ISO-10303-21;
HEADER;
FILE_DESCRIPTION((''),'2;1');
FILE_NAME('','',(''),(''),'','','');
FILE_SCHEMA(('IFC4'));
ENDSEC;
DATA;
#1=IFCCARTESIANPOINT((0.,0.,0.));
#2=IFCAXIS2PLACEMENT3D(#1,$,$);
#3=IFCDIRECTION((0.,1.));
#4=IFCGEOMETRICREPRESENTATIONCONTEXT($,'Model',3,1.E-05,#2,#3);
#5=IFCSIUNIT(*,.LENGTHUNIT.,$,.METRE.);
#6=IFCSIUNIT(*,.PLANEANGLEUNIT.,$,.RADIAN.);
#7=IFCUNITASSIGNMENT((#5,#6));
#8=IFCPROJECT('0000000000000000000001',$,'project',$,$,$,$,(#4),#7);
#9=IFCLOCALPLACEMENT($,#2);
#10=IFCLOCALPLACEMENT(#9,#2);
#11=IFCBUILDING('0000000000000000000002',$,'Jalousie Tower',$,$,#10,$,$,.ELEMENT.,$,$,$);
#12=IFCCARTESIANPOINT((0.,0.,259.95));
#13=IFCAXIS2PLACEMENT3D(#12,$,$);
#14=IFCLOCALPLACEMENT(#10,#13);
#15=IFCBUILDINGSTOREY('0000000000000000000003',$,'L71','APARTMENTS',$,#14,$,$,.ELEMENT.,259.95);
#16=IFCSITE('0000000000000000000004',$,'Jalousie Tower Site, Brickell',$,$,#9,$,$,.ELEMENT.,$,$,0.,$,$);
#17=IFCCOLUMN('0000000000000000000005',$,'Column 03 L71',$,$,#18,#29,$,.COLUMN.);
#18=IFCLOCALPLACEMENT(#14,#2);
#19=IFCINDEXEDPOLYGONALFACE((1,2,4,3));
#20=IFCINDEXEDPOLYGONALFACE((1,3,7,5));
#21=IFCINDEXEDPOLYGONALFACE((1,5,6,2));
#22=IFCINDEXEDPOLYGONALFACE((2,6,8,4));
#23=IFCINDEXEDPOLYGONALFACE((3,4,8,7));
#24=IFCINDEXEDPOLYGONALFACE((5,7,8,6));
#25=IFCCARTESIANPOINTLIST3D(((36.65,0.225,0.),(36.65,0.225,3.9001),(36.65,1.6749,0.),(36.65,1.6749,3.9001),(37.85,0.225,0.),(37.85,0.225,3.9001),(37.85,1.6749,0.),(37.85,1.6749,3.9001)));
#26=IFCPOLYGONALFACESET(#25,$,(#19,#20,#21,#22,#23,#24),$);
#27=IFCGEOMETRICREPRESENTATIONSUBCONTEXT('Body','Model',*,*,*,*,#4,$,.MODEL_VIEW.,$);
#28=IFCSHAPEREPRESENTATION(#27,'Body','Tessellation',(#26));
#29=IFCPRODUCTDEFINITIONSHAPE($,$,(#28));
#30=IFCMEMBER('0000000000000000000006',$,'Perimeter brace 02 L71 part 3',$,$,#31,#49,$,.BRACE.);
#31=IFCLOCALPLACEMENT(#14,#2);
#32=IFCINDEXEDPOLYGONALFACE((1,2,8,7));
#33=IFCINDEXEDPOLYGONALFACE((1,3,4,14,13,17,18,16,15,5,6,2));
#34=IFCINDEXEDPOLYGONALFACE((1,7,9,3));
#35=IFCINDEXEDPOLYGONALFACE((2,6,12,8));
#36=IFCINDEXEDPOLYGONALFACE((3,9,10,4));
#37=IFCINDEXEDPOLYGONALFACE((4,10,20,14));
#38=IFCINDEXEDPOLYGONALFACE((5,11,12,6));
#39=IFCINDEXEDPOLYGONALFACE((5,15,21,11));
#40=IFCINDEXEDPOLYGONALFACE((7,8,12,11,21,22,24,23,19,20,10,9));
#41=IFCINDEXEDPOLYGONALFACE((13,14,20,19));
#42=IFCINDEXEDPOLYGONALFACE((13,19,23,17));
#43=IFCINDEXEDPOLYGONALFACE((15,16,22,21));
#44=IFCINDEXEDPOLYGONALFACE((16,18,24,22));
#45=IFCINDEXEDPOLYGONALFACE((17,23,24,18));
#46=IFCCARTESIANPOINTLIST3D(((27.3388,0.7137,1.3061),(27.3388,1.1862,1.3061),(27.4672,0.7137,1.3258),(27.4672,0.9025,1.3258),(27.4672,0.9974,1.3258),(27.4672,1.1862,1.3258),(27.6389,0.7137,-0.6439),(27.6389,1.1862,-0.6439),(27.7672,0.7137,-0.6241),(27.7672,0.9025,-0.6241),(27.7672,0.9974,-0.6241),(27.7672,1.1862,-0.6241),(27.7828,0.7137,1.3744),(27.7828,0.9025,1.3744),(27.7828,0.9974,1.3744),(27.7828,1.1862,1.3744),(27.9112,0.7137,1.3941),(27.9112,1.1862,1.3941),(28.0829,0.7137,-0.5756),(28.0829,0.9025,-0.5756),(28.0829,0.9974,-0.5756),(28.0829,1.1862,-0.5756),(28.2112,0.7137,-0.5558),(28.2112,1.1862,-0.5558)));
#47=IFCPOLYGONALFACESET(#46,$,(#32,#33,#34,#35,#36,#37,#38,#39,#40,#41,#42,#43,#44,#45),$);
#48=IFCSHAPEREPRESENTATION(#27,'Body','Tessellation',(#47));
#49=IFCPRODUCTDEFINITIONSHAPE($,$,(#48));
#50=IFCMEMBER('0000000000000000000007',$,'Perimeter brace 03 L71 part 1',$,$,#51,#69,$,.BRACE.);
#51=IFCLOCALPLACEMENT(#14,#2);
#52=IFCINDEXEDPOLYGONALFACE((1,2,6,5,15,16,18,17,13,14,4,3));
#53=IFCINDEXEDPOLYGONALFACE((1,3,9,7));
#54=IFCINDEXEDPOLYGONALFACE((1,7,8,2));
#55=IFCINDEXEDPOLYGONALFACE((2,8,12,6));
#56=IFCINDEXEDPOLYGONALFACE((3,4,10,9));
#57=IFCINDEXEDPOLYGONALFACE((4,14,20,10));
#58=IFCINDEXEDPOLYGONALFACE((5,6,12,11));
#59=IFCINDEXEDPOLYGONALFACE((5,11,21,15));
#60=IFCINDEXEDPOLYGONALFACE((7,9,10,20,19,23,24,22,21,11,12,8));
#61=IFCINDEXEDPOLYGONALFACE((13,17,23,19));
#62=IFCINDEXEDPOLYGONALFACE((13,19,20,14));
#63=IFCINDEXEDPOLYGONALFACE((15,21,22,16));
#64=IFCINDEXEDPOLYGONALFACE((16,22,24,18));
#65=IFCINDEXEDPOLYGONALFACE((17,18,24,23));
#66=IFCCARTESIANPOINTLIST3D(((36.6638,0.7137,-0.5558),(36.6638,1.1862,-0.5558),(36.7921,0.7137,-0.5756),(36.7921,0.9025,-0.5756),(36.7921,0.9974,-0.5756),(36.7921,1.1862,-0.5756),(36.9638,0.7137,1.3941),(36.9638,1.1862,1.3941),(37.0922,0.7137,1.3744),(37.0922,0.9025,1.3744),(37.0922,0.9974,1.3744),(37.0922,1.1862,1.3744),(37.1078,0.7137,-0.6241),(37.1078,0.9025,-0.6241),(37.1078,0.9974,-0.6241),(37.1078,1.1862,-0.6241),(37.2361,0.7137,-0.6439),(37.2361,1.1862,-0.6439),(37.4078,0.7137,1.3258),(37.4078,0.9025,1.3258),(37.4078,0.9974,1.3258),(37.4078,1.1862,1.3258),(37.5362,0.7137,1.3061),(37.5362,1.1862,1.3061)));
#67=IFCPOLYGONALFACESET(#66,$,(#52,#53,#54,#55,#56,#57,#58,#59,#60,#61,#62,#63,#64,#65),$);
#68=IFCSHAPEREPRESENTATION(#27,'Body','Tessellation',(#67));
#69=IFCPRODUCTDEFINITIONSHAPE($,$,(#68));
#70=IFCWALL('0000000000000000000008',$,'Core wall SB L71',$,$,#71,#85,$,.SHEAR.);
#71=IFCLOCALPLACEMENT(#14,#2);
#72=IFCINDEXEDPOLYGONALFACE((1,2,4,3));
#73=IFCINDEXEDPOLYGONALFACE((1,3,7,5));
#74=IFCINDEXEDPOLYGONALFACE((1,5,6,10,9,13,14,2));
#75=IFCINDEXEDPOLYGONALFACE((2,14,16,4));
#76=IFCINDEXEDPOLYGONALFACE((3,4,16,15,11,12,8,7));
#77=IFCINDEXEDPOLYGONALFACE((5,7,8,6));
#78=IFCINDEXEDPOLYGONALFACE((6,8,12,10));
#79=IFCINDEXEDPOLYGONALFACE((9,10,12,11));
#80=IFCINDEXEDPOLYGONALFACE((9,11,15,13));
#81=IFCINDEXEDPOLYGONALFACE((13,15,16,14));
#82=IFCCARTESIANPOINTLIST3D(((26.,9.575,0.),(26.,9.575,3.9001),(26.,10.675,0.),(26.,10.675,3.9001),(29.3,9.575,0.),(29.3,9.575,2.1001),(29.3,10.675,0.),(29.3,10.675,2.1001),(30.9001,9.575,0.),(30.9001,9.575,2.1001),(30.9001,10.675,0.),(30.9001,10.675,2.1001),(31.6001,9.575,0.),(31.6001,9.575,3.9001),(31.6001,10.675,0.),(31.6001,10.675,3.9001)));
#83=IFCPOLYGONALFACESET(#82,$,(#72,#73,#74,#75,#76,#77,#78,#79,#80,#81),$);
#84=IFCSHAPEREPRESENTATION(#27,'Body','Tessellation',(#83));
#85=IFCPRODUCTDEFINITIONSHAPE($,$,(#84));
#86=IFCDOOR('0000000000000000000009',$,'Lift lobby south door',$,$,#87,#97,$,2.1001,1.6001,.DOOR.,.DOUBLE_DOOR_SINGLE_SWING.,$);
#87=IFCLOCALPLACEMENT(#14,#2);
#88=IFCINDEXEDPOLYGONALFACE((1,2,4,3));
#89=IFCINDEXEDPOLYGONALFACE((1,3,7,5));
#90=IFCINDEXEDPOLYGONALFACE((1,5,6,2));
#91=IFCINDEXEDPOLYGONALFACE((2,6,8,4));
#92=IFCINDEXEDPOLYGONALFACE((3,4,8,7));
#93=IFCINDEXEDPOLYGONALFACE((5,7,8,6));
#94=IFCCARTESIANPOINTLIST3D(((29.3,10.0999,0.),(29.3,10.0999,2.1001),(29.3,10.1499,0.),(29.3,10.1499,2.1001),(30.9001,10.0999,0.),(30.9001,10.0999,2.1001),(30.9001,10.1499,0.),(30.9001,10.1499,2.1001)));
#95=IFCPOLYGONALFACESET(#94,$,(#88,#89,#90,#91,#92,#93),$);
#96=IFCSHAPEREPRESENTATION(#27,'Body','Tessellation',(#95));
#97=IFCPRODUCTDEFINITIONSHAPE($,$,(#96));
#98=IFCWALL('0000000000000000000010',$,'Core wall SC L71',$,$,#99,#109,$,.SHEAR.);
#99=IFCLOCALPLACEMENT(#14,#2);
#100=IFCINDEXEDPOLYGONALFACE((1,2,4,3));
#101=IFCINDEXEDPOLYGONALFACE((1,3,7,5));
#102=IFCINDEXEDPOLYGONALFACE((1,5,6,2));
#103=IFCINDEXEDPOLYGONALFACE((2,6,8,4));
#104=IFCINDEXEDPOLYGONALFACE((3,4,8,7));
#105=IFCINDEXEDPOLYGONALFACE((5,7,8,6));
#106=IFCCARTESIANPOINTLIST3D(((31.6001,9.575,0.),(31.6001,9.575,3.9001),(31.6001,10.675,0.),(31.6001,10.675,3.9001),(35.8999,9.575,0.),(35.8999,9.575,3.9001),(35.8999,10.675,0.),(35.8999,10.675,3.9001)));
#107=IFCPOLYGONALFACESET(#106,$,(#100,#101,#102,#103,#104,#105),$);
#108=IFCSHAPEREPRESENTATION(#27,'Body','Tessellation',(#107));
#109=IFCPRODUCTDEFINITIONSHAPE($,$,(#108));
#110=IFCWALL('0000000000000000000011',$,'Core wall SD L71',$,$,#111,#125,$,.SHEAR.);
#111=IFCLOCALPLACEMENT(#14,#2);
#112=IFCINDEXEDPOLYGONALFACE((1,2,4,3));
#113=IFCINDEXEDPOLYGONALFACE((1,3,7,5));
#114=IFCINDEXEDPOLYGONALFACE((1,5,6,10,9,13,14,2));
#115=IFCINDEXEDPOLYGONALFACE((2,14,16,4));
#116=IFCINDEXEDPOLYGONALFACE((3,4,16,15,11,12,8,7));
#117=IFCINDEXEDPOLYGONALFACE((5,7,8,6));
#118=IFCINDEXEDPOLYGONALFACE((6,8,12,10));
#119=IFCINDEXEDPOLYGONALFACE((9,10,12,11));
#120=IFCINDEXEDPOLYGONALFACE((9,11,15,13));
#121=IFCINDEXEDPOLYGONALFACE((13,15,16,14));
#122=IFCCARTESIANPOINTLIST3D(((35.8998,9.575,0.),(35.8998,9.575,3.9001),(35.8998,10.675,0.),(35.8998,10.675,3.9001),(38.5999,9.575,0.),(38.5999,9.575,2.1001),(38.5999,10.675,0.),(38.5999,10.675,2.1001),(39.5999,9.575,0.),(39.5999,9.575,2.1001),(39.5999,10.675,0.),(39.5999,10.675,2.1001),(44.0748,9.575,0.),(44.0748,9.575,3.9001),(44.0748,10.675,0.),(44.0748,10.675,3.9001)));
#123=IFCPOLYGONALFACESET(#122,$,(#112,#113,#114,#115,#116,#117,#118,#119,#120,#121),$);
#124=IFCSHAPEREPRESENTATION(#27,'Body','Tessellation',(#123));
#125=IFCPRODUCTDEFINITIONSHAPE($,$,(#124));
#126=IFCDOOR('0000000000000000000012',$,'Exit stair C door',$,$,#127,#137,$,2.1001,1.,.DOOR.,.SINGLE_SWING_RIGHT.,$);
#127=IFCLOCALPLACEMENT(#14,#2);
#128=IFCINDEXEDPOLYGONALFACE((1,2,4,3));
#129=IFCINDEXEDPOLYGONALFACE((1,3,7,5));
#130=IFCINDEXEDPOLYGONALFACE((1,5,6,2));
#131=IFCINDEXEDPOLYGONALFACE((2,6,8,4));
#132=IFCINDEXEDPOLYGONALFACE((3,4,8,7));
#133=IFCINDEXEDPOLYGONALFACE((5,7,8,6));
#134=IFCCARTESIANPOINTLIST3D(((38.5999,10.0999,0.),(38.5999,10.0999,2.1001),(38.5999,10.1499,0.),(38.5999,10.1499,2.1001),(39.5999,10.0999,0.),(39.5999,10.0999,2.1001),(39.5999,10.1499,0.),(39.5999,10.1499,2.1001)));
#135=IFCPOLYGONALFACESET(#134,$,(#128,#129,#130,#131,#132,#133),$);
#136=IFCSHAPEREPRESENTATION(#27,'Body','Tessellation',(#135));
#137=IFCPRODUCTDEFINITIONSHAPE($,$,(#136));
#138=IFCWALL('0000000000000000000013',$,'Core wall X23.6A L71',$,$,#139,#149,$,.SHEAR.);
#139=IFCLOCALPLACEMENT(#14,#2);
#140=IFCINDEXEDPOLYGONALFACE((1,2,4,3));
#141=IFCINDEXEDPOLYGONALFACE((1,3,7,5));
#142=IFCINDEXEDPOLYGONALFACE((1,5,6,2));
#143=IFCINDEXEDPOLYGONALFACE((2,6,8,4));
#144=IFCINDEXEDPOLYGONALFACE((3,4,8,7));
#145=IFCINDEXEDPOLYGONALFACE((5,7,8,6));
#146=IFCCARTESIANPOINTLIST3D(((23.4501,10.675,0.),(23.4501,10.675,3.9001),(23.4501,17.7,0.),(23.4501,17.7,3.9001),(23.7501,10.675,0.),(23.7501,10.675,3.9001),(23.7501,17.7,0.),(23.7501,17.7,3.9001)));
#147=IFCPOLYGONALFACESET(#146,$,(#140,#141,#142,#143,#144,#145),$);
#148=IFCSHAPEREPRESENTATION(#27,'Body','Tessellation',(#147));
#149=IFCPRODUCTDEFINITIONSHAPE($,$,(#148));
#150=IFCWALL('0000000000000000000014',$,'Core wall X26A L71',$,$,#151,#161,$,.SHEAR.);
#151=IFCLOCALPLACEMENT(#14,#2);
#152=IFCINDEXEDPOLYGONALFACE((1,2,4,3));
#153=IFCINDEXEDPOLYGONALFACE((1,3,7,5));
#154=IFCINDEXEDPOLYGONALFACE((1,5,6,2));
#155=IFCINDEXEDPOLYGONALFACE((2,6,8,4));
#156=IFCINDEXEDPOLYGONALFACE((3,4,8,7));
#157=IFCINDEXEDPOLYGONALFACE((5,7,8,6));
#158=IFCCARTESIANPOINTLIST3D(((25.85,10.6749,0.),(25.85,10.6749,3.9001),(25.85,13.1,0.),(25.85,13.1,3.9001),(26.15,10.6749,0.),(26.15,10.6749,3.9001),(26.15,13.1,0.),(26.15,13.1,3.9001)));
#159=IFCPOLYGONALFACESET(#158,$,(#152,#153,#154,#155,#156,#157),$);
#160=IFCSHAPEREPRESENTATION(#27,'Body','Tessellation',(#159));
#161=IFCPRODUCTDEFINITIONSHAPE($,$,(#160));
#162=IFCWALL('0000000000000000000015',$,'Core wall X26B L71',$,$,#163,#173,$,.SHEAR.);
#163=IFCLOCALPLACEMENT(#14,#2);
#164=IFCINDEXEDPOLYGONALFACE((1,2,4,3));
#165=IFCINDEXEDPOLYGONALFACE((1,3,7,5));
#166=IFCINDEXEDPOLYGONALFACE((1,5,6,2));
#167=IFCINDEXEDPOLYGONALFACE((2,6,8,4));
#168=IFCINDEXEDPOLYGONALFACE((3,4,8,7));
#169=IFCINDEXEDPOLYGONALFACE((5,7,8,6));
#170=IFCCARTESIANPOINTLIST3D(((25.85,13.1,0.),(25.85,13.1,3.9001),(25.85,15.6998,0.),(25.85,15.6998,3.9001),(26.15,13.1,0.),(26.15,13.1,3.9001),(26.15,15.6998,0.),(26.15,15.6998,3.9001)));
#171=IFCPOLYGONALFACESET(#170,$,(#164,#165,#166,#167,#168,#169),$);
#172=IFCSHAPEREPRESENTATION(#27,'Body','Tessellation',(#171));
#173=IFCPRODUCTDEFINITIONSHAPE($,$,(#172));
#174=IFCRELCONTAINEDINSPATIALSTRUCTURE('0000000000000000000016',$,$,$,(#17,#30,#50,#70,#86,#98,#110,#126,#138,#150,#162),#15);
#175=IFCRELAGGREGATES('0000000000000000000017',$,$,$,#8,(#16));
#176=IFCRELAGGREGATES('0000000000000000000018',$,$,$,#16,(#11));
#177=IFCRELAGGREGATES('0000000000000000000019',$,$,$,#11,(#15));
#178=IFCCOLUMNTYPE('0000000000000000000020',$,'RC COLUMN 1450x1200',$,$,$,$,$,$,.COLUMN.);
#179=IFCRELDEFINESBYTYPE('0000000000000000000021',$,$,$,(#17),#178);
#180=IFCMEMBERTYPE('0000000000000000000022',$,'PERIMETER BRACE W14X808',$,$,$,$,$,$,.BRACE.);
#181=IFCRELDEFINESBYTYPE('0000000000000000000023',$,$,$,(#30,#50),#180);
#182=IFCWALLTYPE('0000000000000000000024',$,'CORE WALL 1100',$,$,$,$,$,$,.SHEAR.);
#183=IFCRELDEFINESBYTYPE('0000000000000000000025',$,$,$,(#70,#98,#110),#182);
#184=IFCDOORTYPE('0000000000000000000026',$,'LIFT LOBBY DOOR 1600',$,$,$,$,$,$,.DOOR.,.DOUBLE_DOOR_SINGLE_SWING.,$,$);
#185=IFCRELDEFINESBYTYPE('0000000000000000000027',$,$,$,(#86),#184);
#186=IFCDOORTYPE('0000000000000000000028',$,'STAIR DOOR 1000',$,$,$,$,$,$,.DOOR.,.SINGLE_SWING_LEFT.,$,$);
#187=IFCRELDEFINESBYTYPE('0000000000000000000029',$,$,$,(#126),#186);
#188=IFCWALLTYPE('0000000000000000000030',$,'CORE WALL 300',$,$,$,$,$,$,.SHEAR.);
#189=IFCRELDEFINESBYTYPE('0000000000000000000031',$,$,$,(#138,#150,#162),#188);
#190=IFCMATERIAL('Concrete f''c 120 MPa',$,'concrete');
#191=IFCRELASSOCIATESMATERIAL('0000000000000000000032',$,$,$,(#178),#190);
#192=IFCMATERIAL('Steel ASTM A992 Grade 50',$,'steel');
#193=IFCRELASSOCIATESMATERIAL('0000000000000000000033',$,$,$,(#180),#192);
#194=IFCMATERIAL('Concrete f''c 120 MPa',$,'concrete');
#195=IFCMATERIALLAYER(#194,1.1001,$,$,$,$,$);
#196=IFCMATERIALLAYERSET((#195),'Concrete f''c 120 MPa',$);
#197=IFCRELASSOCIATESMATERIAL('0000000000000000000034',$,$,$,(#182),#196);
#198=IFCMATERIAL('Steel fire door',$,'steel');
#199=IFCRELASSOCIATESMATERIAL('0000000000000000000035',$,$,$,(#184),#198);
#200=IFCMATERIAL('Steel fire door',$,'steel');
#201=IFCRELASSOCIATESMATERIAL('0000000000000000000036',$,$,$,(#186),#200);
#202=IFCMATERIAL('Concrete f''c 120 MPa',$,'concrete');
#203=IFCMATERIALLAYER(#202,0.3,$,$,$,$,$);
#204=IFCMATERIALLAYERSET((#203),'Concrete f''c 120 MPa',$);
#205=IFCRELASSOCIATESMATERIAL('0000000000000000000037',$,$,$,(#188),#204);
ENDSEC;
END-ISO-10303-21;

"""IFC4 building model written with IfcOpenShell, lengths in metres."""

from ifc_helpers import new_model, si_unit, direction, frame, frame_2d, origin, origin_2d, place, context, subcontext, project, spatial, rectangle, i_section, extrude, material, layer, layer_set, material_profile, profile_set, type_object, element, fill, save


model = new_model("IFC4")

# Units and contexts
model_context = context("Model", 3, precision=1e-05, world=origin(), true_north=direction((0.0, 1.0)))
body_context = subcontext(model_context, "Body", "Model", "MODEL_VIEW")
ifc_project = project(units=[si_unit("LENGTHUNIT", "METRE"), si_unit("PLANEANGLEUNIT", "RADIAN")], contexts=[model_context])

# Site, building, storey
site_placement = place(None, origin())
site = spatial("IfcSite", under=ifc_project, at=site_placement, Name="Jalousie Tower Site, Brickell", CompositionType="ELEMENT", RefElevation=0.0)
building_placement = place(site_placement, origin())
building = spatial("IfcBuilding", under=site, at=building_placement, Name="Jalousie Tower", CompositionType="ELEMENT")
storey_placement = place(building_placement, frame((0.0, 0.0, 259.95)))
storey = spatial("IfcBuildingStorey", under=building, at=storey_placement, Name="L71", Description="APARTMENTS", CompositionType="ELEMENT", Elevation=259.95)

# Column
ifc_material_1 = material(Name="Concrete f'c 120 MPa", Category="concrete")
ifc_material_profile_1 = material_profile(ifc_material_1, rectangle(XDim=1.45, YDim=1.2, at=origin_2d()), Name="RC 1450x1200")
ifc_profile_set_1 = profile_set([ifc_material_profile_1], Name="Concrete f'c 120 MPa")
column_type = type_object("IfcColumnType", Name="RC COLUMN 1450x1200", PredefinedType="COLUMN", material=ifc_profile_set_1)
column_placement = place(storey_placement, frame((37.25, 0.95, 0.0), z_axis=(0.0, 0.0, 1.0), x_axis=(0.0, 1.0, 0.0)))
element("IfcColumn", 1, at=column_placement, inside=storey, type_object=column_type, Name="Column 03 L71", PredefinedType="COLUMN", context=body_context, shape_type="SweptSolid", body=[
    extrude(rectangle(XDim=1.45, YDim=1.2, at=origin_2d()), origin(), (0.0, 0.0, 1.0), 3.9001),
])

# Members
ifc_material_2 = material(Name="Steel ASTM A992 Grade 50", Category="steel")
ifc_material_profile_2 = material_profile(ifc_material_2, i_section(OverallWidth=0.4724, OverallDepth=0.5791, WebThickness=0.095, FlangeThickness=0.1299, at=origin_2d()), Name="W14X808")
ifc_profile_set_2 = profile_set([ifc_material_profile_2], Name="Steel ASTM A992 Grade 50")
member_type = type_object("IfcMemberType", Name="PERIMETER BRACE W14X808", PredefinedType="BRACE", material=ifc_profile_set_2)
for number, where, z_axis, x_axis, name in (
    (2, (27.925, 0.95, -0.5999), (-0.152085, 0.0, 0.988367), (0.0, -1.0, 0.0), "Perimeter brace 02 L71 part 3"),
    (3, (36.95, 0.95, -0.5999), (0.152085, 0.0, 0.988367), (0.0, 1.0, 0.0), "Perimeter brace 03 L71 part 1"),
):
    element("IfcMember", number, at=place(storey_placement, frame(where, z_axis=z_axis, x_axis=x_axis)), inside=storey, type_object=member_type, Name=name, PredefinedType="BRACE", context=body_context, shape_type="SweptSolid", body=[
        extrude(i_section(OverallWidth=0.4724, OverallDepth=0.5791, WebThickness=0.095, FlangeThickness=0.1299, at=origin_2d()), origin(), (0.0, 0.0, 1.0), 1.9729),
    ])

# Wall, opening, door
ifc_material_3 = material(Name="Concrete f'c 120 MPa", Category="concrete")
ifc_layer_1 = layer(ifc_material_3, 1.1001)
ifc_layer_set_1 = layer_set([ifc_layer_1], Name="Concrete f'c 120 MPa")
wall_type_1 = type_object("IfcWallType", Name="CORE WALL 1100", PredefinedType="SHEAR", material=ifc_layer_set_1)
wall_1_placement = place(storey_placement, frame((26.0, 10.125, 0.0), z_axis=(0.0, 0.0, 1.0), x_axis=(1.0, 0.0, 0.0)))
wall_1 = element("IfcWall", 4, at=wall_1_placement, inside=storey, type_object=wall_type_1, Name="Core wall SB L71", PredefinedType="SHEAR", context=body_context, shape_type="SweptSolid", body=[
    extrude(rectangle(XDim=5.6001, YDim=1.1001, at=frame_2d((2.8, 0.0))), origin(), (0.0, 0.0, 1.0), 3.9001),
])
opening_1_placement = place(wall_1_placement, frame((3.3, 0.0, 0.0)))
opening_1 = element("IfcOpeningElement", 5, at=opening_1_placement, cuts=wall_1, PredefinedType="OPENING", context=body_context, shape_type="SweptSolid", body=[
    extrude(rectangle(XDim=1.6001, YDim=2.1001, at=frame_2d((0.8, 1.05))), frame((0.0, 0.5601, 0.0), z_axis=(0.0, -1.0, 0.0), x_axis=(1.0, 0.0, 0.0)), (0.0, 0.0, 1.0), 1.1201),
])
ifc_material_4 = material(Name="Steel fire door", Category="steel")
door_type_1 = type_object("IfcDoorType", Name="LIFT LOBBY DOOR 1600", OperationType="DOUBLE_DOOR_SINGLE_SWING", PredefinedType="DOOR", material=ifc_material_4)
door_1_placement = place(opening_1_placement, origin())
door_1 = element("IfcDoor", 6, at=door_1_placement, inside=storey, type_object=door_type_1, Name="Lift lobby south door", OperationType="DOUBLE_DOOR_SINGLE_SWING", OverallHeight=2.1001, OverallWidth=1.6001, PredefinedType="DOOR", context=body_context, shape_type="SweptSolid", body=[
    extrude(rectangle(XDim=1.6001, YDim=2.1001, at=frame_2d((0.8, 1.05))), frame((0.0, 0.0249, 0.0), z_axis=(0.0, -1.0, 0.0), x_axis=(1.0, 0.0, 0.0)), (0.0, 0.0, 1.0), 0.05),
])
fill(opening_1, door_1)

# Wall
wall_2_placement = place(storey_placement, frame((31.6001, 10.125, 0.0), z_axis=(0.0, 0.0, 1.0), x_axis=(1.0, 0.0, 0.0)))
element("IfcWall", 7, at=wall_2_placement, inside=storey, type_object=wall_type_1, Name="Core wall SC L71", PredefinedType="SHEAR", context=body_context, shape_type="SweptSolid", body=[
    extrude(rectangle(XDim=4.2998, YDim=1.1001, at=frame_2d((2.1499, 0.0))), origin(), (0.0, 0.0, 1.0), 3.9001),
])

# Wall, opening, door
wall_3_placement = place(storey_placement, frame((35.8999, 10.125, 0.0), z_axis=(0.0, 0.0, 1.0), x_axis=(1.0, 0.0, 0.0)))
wall_3 = element("IfcWall", 8, at=wall_3_placement, inside=storey, type_object=wall_type_1, Name="Core wall SD L71", PredefinedType="SHEAR", context=body_context, shape_type="SweptSolid", body=[
    extrude(rectangle(XDim=8.175, YDim=1.1001, at=frame_2d((4.0874, 0.0))), origin(), (0.0, 0.0, 1.0), 3.9001),
])
opening_2_placement = place(wall_3_placement, frame((2.7, 0.0, 0.0)))
opening_2 = element("IfcOpeningElement", 9, at=opening_2_placement, cuts=wall_3, PredefinedType="OPENING", context=body_context, shape_type="SweptSolid", body=[
    extrude(rectangle(XDim=1.0, YDim=2.1001, at=frame_2d((0.5, 1.05))), frame((0.0, 0.5601, 0.0), z_axis=(0.0, -1.0, 0.0), x_axis=(1.0, 0.0, 0.0)), (0.0, 0.0, 1.0), 1.1201),
])
ifc_material_5 = material(Name="Steel fire door", Category="steel")
door_type_2 = type_object("IfcDoorType", Name="STAIR DOOR 1000", OperationType="SINGLE_SWING_LEFT", PredefinedType="DOOR", material=ifc_material_5)
door_2_placement = place(opening_2_placement, origin())
door_2 = element("IfcDoor", 10, at=door_2_placement, inside=storey, type_object=door_type_2, Name="Exit stair C door", OperationType="SINGLE_SWING_RIGHT", OverallHeight=2.1001, OverallWidth=1.0, PredefinedType="DOOR", context=body_context, shape_type="SweptSolid", body=[
    extrude(rectangle(XDim=1.0, YDim=2.1001, at=frame_2d((0.5, 1.05))), frame((0.0, 0.0249, 0.0), z_axis=(0.0, -1.0, 0.0), x_axis=(1.0, 0.0, 0.0)), (0.0, 0.0, 1.0), 0.05),
])
fill(opening_2, door_2)

# Walls
ifc_material_6 = material(Name="Concrete f'c 120 MPa", Category="concrete")
ifc_layer_2 = layer(ifc_material_6, 0.3)
ifc_layer_set_2 = layer_set([ifc_layer_2], Name="Concrete f'c 120 MPa")
wall_type_2 = type_object("IfcWallType", Name="CORE WALL 300", PredefinedType="SHEAR", material=ifc_layer_set_2)
wall_4_placement = place(storey_placement, frame((23.6001, 10.675, 0.0), z_axis=(0.0, 0.0, 1.0), x_axis=(0.0, 1.0, 0.0)))
element("IfcWall", 11, at=wall_4_placement, inside=storey, type_object=wall_type_2, Name="Core wall X23.6A L71", PredefinedType="SHEAR", context=body_context, shape_type="SweptSolid", body=[
    extrude(rectangle(XDim=7.0249, YDim=0.3, at=frame_2d((3.5125, 0.0))), origin(), (0.0, 0.0, 1.0), 3.9001),
])
wall_5_placement = place(storey_placement, frame((26.0, 10.675, 0.0), z_axis=(0.0, 0.0, 1.0), x_axis=(0.0, 1.0, 0.0)))
element("IfcWall", 12, at=wall_5_placement, inside=storey, type_object=wall_type_2, Name="Core wall X26A L71", PredefinedType="SHEAR", context=body_context, shape_type="SweptSolid", body=[
    extrude(rectangle(XDim=2.425, YDim=0.3, at=frame_2d((1.2124, 0.0))), origin(), (0.0, 0.0, 1.0), 3.9001),
])
wall_6_placement = place(storey_placement, frame((26.0, 13.1001, 0.0), z_axis=(0.0, 0.0, 1.0), x_axis=(0.0, 1.0, 0.0)))
element("IfcWall", 13, at=wall_6_placement, inside=storey, type_object=wall_type_2, Name="Core wall X26B L71", PredefinedType="SHEAR", context=body_context, shape_type="SweptSolid", body=[
    extrude(rectangle(XDim=2.5999, YDim=0.3, at=frame_2d((1.2998, 0.0))), origin(), (0.0, 0.0, 1.0), 3.9001),
])

save(model, "model.ifc")
